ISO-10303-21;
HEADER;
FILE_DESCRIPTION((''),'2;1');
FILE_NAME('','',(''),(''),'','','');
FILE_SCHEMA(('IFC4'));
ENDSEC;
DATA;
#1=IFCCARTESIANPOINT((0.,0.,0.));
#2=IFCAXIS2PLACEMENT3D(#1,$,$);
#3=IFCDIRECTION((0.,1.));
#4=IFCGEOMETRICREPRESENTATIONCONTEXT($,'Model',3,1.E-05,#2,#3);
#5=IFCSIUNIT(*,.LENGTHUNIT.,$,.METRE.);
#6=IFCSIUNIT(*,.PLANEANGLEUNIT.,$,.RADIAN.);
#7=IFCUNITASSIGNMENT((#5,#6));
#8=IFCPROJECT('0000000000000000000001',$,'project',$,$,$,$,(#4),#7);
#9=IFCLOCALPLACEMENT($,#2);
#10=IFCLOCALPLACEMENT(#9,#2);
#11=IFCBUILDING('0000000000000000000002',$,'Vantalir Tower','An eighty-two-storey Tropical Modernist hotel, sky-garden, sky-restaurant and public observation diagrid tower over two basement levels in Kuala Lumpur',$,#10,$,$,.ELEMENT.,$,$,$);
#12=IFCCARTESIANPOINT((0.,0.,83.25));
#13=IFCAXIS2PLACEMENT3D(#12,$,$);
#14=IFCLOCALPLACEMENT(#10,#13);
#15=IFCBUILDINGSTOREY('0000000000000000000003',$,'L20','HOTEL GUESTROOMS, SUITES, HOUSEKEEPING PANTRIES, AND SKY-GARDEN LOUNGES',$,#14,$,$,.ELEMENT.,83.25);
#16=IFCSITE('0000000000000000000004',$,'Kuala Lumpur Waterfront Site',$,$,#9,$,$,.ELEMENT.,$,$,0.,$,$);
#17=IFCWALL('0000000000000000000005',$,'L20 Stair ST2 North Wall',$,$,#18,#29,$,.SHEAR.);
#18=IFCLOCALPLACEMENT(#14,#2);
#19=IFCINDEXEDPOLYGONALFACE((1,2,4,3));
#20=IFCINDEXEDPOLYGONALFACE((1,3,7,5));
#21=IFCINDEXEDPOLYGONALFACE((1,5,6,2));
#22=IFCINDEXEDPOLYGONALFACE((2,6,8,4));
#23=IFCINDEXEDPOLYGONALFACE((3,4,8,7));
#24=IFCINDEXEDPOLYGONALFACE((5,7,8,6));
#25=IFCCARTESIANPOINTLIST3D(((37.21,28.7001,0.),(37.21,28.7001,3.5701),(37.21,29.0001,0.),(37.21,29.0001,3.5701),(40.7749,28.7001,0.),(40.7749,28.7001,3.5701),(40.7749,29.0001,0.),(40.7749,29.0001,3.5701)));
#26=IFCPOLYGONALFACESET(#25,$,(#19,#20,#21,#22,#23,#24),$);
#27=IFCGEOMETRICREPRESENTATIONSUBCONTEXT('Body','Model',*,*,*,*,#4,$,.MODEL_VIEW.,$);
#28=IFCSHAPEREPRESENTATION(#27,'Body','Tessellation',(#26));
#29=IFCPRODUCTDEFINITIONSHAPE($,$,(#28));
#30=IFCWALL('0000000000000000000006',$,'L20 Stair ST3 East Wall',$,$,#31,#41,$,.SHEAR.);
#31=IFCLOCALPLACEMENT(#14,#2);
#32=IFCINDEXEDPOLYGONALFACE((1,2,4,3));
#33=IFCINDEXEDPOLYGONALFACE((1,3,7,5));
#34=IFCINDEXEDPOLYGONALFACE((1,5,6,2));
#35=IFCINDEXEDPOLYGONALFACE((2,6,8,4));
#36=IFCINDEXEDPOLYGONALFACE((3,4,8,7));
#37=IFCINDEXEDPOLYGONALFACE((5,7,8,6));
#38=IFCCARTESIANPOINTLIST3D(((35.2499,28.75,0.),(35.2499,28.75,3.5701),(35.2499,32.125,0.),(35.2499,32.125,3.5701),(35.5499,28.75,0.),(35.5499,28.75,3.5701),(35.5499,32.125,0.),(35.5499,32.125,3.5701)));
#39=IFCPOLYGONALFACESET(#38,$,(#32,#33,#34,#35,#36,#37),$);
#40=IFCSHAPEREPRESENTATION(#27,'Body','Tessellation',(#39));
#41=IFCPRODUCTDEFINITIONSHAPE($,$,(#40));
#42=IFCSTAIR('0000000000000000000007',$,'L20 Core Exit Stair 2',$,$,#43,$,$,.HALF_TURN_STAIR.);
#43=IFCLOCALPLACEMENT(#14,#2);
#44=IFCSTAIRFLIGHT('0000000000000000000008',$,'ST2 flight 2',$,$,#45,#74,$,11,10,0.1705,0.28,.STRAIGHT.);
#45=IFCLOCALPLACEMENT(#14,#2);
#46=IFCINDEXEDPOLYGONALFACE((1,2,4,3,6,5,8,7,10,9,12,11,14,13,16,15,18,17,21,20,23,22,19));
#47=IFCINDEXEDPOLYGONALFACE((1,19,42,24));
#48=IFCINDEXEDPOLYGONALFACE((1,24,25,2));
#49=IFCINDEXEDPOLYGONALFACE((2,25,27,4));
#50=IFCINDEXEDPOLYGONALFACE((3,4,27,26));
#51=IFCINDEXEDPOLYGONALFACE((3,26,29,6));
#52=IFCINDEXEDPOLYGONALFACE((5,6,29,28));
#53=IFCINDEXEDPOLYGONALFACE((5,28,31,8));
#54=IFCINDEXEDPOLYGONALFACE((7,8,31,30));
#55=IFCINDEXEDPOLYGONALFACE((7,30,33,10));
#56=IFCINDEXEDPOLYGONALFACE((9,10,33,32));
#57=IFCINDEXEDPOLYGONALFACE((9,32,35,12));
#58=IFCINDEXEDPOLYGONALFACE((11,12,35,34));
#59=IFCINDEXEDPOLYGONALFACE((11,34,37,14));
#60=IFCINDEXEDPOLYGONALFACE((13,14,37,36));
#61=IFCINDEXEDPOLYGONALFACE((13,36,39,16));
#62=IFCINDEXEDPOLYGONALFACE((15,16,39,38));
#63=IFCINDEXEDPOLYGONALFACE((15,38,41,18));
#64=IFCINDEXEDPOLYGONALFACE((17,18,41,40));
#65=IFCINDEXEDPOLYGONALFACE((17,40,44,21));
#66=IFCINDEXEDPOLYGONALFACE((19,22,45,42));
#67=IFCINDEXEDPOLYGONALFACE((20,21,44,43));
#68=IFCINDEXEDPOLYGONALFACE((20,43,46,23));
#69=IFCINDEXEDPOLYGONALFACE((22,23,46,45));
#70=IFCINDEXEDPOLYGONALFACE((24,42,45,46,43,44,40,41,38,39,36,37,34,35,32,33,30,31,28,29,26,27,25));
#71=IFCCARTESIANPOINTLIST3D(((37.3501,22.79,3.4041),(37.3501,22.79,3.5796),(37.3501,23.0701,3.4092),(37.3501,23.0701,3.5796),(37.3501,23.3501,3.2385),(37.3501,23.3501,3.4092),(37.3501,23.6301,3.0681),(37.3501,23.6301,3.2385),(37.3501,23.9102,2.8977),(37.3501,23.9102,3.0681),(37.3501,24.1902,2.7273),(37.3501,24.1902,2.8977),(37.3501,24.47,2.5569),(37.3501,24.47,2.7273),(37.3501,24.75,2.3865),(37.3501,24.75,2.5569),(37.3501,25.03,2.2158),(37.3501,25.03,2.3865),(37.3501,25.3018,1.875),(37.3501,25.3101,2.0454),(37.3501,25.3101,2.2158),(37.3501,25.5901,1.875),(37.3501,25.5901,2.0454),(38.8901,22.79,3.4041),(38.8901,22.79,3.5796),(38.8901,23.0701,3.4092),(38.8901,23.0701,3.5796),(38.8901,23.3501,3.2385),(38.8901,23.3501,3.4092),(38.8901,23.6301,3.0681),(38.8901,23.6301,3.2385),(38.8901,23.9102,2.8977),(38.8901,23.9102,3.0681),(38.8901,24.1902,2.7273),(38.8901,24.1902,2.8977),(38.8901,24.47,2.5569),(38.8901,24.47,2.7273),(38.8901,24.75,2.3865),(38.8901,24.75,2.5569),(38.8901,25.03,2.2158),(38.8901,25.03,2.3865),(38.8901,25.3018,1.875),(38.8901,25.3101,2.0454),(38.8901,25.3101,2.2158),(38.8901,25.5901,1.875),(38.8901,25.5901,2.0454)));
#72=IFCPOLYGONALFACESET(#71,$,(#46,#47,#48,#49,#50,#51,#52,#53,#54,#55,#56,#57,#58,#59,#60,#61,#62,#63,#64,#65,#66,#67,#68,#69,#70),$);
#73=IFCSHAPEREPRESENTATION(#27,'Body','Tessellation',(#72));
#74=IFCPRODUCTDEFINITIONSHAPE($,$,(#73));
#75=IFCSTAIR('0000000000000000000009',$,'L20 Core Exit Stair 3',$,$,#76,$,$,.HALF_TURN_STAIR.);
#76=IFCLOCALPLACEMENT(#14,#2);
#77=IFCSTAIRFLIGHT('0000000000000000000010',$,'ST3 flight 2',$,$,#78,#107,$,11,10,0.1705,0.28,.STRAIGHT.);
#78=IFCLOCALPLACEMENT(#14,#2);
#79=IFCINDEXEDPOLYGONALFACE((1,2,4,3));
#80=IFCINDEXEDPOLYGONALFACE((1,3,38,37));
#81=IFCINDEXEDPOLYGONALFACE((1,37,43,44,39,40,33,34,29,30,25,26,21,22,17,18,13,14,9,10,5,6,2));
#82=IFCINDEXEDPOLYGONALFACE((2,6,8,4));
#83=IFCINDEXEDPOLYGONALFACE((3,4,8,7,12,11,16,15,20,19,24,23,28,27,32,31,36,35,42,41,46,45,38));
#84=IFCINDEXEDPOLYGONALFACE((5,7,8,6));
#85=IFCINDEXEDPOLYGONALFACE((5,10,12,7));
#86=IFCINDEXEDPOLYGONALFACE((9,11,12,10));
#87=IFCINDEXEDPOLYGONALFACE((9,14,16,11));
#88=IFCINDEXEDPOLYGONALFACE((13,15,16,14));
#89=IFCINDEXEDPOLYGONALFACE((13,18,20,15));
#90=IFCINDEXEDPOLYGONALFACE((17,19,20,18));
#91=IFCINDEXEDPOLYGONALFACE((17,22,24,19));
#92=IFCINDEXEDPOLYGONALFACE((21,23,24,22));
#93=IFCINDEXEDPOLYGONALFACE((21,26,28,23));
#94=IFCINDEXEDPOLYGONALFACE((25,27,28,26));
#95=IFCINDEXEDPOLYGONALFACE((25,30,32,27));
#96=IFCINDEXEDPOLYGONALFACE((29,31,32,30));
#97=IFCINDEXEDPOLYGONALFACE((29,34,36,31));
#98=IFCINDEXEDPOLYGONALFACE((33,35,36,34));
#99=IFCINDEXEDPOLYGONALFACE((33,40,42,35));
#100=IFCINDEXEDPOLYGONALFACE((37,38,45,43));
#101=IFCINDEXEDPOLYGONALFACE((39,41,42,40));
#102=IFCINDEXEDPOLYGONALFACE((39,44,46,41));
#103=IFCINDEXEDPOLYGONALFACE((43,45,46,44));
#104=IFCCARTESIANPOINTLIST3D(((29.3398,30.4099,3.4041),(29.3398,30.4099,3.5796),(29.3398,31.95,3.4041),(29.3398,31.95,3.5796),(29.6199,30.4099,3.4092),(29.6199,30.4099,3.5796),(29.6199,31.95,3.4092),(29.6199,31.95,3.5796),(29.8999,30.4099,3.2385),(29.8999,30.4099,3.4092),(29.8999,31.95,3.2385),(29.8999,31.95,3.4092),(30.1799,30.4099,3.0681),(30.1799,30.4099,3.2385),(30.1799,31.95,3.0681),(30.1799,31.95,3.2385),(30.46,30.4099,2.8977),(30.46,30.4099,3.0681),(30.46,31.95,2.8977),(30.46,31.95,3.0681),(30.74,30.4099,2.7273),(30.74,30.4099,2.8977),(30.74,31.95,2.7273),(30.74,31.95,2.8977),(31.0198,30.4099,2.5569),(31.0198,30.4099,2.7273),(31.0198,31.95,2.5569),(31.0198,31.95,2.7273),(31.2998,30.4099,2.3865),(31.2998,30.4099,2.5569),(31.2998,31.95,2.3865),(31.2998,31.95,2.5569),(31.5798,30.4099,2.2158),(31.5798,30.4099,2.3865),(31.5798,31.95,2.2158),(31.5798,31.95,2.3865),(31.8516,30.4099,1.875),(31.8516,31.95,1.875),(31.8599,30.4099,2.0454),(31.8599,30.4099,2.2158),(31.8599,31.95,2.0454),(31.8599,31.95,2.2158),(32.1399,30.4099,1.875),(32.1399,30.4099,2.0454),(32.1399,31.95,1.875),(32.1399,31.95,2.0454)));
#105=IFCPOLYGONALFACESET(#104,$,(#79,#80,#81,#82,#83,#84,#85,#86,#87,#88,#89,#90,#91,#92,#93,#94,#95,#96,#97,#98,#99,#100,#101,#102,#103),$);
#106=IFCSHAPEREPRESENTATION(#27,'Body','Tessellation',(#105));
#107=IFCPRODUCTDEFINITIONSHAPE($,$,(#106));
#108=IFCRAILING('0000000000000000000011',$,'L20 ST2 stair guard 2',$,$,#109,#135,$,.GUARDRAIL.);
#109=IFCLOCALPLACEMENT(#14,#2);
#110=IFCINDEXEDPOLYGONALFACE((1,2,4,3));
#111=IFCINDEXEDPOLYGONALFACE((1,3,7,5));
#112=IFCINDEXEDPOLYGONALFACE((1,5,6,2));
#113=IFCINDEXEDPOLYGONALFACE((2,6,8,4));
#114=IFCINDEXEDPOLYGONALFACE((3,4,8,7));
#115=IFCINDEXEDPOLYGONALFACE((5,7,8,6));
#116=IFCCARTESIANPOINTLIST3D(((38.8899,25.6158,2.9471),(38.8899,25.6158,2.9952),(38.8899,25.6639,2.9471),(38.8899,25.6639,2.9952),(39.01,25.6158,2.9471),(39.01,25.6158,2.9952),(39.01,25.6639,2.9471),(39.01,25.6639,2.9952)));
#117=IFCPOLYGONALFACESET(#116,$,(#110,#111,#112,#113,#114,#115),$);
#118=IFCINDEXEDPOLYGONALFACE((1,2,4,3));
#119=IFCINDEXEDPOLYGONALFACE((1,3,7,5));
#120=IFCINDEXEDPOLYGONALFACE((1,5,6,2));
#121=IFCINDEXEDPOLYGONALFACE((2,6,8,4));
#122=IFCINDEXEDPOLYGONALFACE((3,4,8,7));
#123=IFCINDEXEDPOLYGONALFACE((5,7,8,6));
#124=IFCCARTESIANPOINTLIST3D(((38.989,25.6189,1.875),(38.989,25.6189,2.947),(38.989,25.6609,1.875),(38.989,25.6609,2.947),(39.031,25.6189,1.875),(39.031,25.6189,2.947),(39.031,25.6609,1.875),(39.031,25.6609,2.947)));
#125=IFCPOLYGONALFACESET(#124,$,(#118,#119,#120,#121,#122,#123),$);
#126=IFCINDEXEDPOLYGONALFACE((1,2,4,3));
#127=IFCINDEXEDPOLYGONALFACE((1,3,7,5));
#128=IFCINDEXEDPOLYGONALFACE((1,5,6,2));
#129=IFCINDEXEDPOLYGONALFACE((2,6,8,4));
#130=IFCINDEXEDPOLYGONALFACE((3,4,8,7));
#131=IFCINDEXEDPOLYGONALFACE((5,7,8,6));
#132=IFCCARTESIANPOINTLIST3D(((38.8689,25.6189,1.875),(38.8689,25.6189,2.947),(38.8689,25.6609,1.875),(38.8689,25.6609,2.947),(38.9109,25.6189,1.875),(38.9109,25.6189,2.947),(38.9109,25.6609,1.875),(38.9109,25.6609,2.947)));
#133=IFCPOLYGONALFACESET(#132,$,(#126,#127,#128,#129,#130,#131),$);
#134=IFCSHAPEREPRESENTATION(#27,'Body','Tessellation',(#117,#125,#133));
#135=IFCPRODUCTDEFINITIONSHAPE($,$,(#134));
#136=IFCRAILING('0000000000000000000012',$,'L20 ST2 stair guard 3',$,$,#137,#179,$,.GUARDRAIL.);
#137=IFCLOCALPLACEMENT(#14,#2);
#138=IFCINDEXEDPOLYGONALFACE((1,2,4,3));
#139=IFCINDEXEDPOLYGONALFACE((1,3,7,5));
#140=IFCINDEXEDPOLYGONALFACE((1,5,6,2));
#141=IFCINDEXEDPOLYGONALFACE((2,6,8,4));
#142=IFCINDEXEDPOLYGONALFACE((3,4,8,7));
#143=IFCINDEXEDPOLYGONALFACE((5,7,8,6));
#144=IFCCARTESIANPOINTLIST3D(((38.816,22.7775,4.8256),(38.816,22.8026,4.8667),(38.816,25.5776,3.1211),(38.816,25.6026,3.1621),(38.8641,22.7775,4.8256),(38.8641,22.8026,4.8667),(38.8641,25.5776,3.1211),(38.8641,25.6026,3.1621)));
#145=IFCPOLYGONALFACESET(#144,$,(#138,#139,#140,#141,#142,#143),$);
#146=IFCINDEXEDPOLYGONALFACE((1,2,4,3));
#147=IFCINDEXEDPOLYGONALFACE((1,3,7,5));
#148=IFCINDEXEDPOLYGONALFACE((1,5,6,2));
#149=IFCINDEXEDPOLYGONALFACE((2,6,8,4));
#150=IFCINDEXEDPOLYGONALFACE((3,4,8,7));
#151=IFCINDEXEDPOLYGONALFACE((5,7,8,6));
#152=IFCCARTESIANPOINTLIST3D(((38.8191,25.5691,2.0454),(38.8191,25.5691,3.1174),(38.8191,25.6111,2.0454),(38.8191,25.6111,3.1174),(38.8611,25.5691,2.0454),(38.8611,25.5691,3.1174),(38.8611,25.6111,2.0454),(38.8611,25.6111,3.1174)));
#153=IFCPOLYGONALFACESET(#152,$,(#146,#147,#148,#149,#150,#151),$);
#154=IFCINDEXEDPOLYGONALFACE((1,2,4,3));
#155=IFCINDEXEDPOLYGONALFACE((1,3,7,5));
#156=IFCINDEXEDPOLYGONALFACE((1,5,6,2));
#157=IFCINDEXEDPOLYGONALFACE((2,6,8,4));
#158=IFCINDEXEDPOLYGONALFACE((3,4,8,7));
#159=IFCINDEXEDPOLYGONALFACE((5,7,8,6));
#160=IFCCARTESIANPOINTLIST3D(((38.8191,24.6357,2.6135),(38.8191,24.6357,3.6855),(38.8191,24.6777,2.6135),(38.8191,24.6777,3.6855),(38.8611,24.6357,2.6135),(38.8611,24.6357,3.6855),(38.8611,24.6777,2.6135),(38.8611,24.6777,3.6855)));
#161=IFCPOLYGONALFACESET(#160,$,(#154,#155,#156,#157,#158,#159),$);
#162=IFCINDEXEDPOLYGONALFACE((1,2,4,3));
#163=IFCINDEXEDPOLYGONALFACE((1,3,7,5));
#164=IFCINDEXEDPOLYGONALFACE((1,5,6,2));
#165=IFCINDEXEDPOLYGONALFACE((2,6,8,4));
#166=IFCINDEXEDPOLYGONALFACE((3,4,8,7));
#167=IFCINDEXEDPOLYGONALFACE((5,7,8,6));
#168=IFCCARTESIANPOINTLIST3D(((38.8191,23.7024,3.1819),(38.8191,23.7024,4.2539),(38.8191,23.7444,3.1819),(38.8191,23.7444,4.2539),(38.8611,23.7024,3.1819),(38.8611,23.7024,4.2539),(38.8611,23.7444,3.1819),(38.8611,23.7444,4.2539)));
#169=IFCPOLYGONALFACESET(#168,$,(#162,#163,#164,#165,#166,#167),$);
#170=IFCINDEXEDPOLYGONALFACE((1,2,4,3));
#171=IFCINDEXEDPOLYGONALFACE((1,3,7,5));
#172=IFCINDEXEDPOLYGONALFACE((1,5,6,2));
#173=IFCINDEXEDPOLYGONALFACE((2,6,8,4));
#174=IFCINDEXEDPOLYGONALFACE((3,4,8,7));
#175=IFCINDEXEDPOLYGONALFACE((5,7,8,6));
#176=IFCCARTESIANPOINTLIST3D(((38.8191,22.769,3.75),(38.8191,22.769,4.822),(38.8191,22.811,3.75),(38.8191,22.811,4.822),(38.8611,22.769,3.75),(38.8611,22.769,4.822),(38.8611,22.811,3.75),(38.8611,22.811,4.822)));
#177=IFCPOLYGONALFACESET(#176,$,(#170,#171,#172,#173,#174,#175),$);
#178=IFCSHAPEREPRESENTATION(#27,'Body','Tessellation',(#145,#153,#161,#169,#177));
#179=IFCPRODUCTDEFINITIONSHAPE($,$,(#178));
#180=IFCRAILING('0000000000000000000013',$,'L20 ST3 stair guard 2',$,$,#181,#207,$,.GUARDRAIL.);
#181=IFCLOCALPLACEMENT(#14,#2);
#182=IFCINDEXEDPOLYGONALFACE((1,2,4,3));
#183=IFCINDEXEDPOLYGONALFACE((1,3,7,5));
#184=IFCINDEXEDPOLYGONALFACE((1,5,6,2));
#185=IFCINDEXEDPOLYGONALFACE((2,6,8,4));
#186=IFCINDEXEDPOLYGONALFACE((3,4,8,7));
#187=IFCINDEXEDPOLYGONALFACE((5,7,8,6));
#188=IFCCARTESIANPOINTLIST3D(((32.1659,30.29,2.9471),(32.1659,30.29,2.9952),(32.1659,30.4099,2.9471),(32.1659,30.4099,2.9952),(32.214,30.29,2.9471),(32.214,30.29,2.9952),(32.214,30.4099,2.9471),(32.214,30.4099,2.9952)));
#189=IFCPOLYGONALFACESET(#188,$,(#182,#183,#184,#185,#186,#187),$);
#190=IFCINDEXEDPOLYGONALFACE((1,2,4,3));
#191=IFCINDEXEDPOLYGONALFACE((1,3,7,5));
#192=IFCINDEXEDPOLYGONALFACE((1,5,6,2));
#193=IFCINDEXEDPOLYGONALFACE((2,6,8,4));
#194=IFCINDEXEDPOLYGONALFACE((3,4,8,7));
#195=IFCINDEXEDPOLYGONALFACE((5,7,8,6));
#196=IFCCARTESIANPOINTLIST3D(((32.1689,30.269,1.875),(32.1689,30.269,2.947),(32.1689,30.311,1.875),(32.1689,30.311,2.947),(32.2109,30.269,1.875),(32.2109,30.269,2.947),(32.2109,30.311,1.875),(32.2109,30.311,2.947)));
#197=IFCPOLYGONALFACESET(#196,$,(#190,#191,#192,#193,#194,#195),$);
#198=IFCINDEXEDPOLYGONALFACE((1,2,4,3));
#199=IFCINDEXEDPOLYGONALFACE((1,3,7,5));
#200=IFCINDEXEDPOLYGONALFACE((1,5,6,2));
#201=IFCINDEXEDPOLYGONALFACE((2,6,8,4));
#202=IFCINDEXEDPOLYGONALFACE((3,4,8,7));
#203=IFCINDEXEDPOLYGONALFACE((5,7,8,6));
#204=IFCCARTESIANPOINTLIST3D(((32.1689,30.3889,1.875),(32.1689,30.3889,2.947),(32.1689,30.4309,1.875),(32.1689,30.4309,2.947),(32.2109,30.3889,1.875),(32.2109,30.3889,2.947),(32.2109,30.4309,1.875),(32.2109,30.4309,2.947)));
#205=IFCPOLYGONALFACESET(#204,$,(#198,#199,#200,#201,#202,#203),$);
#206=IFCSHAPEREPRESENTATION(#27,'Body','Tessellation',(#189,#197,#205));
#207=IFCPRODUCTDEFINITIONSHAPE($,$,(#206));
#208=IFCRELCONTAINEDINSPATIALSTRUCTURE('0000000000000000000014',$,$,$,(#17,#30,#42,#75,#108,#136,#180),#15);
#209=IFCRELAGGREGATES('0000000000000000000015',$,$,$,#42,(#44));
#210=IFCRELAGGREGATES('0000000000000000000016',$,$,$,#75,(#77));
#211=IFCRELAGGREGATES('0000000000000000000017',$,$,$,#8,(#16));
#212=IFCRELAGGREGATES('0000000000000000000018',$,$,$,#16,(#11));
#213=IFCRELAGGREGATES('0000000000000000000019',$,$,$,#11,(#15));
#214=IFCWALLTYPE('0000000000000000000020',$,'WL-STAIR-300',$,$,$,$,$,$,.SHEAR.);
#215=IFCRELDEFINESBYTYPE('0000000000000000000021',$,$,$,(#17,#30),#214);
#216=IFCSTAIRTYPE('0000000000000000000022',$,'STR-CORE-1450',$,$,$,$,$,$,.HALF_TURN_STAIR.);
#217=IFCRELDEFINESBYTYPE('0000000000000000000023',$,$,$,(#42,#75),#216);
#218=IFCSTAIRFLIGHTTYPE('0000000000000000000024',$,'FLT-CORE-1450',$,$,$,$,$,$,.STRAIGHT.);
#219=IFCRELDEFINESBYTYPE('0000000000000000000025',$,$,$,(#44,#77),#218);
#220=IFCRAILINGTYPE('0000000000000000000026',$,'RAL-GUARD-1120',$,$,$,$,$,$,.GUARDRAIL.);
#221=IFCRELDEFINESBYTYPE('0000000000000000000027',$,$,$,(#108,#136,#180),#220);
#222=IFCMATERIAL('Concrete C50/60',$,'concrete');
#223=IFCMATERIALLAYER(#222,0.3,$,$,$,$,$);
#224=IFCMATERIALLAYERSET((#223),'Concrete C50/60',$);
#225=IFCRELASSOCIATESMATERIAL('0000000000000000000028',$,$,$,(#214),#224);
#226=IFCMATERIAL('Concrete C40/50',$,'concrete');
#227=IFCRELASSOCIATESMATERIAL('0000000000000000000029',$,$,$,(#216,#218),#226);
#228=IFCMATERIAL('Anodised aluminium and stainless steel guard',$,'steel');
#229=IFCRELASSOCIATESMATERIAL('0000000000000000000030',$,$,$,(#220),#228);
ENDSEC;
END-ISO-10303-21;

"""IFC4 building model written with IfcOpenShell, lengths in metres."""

from ifc_helpers import new_model, si_unit, direction, frame, frame_2d, origin, origin_2d, place, context, subcontext, project, spatial, polyline, rectangle, outline, extrude, material, layer, layer_set, type_object, element, aggregate, save


model = new_model("IFC4")

# Units and contexts
model_context = context("Model", 3, precision=1e-05, world=origin(), true_north=direction((0.0, 1.0)))
body_context = subcontext(model_context, "Body", "Model", "MODEL_VIEW")
ifc_project = project(units=[si_unit("LENGTHUNIT", "METRE"), si_unit("PLANEANGLEUNIT", "RADIAN")], contexts=[model_context])

# Site, building, storey
site_placement = place(None, origin())
site = spatial("IfcSite", under=ifc_project, at=site_placement, Name="Kuala Lumpur Waterfront Site", CompositionType="ELEMENT", RefElevation=0.0)
building_placement = place(site_placement, origin())
building = spatial("IfcBuilding", under=site, at=building_placement, Name="Vantalir Tower", Description="An eighty-two-storey Tropical Modernist hotel, sky-garden, sky-restaurant and public observation diagrid tower over two basement levels in Kuala Lumpur", CompositionType="ELEMENT")
storey_placement = place(building_placement, frame((0.0, 0.0, 83.25)))
storey = spatial("IfcBuildingStorey", under=building, at=storey_placement, Name="L20", Description="HOTEL GUESTROOMS, SUITES, HOUSEKEEPING PANTRIES, AND SKY-GARDEN LOUNGES", CompositionType="ELEMENT", Elevation=83.25)

# Walls
ifc_material_1 = material(Name="Concrete C50/60", Category="concrete")
ifc_layer_1 = layer(ifc_material_1, 0.3)
ifc_layer_set_1 = layer_set([ifc_layer_1], Name="Concrete C50/60")
wall_type_1 = type_object("IfcWallType", Name="WL-STAIR-300", PredefinedType="SHEAR", material=ifc_layer_set_1)
wall_1_placement = place(storey_placement, frame((37.21, 28.8501, 0.0), z_axis=(0.0, 0.0, 1.0), x_axis=(1.0, 0.0, 0.0)))
element("IfcWall", 1, at=wall_1_placement, inside=storey, type_object=wall_type_1, Name="L20 Stair ST2 North Wall", PredefinedType="SHEAR", context=body_context, shape_type="SweptSolid", body=[
    extrude(rectangle(XDim=3.5649, YDim=0.3, at=frame_2d((1.7825, 0.0))), origin(), (0.0, 0.0, 1.0), 3.5701),
])
wall_2_placement = place(storey_placement, frame((35.3999, 28.75, 0.0), z_axis=(0.0, 0.0, 1.0), x_axis=(0.0, 1.0, 0.0)))
element("IfcWall", 2, at=wall_2_placement, inside=storey, type_object=wall_type_1, Name="L20 Stair ST3 East Wall", PredefinedType="SHEAR", context=body_context, shape_type="SweptSolid", body=[
    extrude(rectangle(XDim=3.375, YDim=0.3, at=frame_2d((1.6875, 0.0))), origin(), (0.0, 0.0, 1.0), 3.5701),
])

# Stairs, stair flights
ifc_material_2 = material(Name="Concrete C40/50", Category="concrete")
stair_type = type_object("IfcStairType", Name="STR-CORE-1450", PredefinedType="HALF_TURN_STAIR", material=ifc_material_2)
stair_1_placement = place(storey_placement, origin())
stair_1 = element("IfcStair", 3, at=stair_1_placement, inside=storey, type_object=stair_type, Name="L20 Core Exit Stair 2", PredefinedType="HALF_TURN_STAIR")
stair_flight_type = type_object("IfcStairFlightType", Name="FLT-CORE-1450", PredefinedType="STRAIGHT", material=ifc_material_2)
stair_flight_1_placement = place(storey_placement, frame((38.1201, 25.5901, 1.875), z_axis=(0.0, 0.0, 1.0), x_axis=(0.0, -1.0, 0.0)))
stair_flight_1 = element("IfcStairFlight", 4, at=stair_flight_1_placement, type_object=stair_flight_type, Name="ST2 flight 2", NumberOfRisers=11, NumberOfTreads=10, PredefinedType="STRAIGHT", RiserHeight=0.1705, TreadLength=0.28, context=body_context, shape_type="SweptSolid", body=[
    extrude(outline(polyline([(0.0, 0.0), (0.0, 0.1704), (0.28, 0.1704), (0.28, 0.3408), (0.5601, 0.3408), (0.5601, 0.5115), (0.8401, 0.5115), (0.8401, 0.6819), (1.1201, 0.6819), (1.1201, 0.8523), (1.3999, 0.8523), (1.3999, 1.0227), (1.6799, 1.0227), (1.6799, 1.1931), (1.96, 1.1931), (1.96, 1.3635), (2.24, 1.3635), (2.24, 1.5342), (2.52, 1.5342), (2.52, 1.7046), (2.8, 1.7046), (2.8, 1.875), (2.8, 1.5291), (0.2883, 0.0), (0.0, 0.0)])), frame((0.0, 0.77, 0.0), z_axis=(0.0, -1.0, 0.0), x_axis=(1.0, 0.0, 0.0)), (0.0, 0.0, 1.0), 1.54),
])
aggregate(stair_1, [stair_flight_1])
stair_2_placement = place(storey_placement, origin())
stair_2 = element("IfcStair", 5, at=stair_2_placement, inside=storey, type_object=stair_type, Name="L20 Core Exit Stair 3", PredefinedType="HALF_TURN_STAIR")
stair_flight_2_placement = place(storey_placement, frame((32.1399, 31.1799, 1.875), z_axis=(0.0, 0.0, 1.0), x_axis=(-1.0, 0.0, 0.0)))
stair_flight_2 = element("IfcStairFlight", 6, at=stair_flight_2_placement, type_object=stair_flight_type, Name="ST3 flight 2", NumberOfRisers=11, NumberOfTreads=10, PredefinedType="STRAIGHT", RiserHeight=0.1705, TreadLength=0.28, context=body_context, shape_type="SweptSolid", body=[
    extrude(outline(polyline([(0.0, 0.0), (0.0, 0.1704), (0.28, 0.1704), (0.28, 0.3408), (0.5601, 0.3408), (0.5601, 0.5115), (0.8401, 0.5115), (0.8401, 0.6819), (1.1201, 0.6819), (1.1201, 0.8523), (1.3999, 0.8523), (1.3999, 1.0227), (1.6799, 1.0227), (1.6799, 1.1931), (1.96, 1.1931), (1.96, 1.3635), (2.24, 1.3635), (2.24, 1.5342), (2.52, 1.5342), (2.52, 1.7046), (2.8, 1.7046), (2.8, 1.875), (2.8, 1.5291), (0.2883, 0.0), (0.0, 0.0)])), frame((0.0, 0.77, 0.0), z_axis=(0.0, -1.0, 0.0), x_axis=(1.0, 0.0, 0.0)), (0.0, 0.0, 1.0), 1.54),
])
aggregate(stair_2, [stair_flight_2])

# Railings
ifc_material_3 = material(Name="Anodised aluminium and stainless steel guard", Category="steel")
railing_type_1 = type_object("IfcRailingType", Name="RAL-GUARD-1120", PredefinedType="GUARDRAIL", material=ifc_material_3)
railing_1_placement = place(storey_placement, frame((39.01, 25.6399, 1.875)))
element("IfcRailing", 7, at=railing_1_placement, inside=storey, type_object=railing_type_1, Name="L20 ST2 stair guard 2", PredefinedType="GUARDRAIL", context=body_context, shape_type="SweptSolid", body=[
    extrude(rectangle(XDim=0.0481, YDim=0.0481, at=origin_2d()), frame((0.0, 0.0, 1.0962), z_axis=(-1.0, 0.0, 0.0), x_axis=(0.0, -1.0, 0.0)), (0.0, 0.0, 1.0), 0.1201),
    extrude(rectangle(XDim=0.042, YDim=0.042, at=origin_2d()), origin(), (0.0, 0.0, 1.0), 1.072),
    extrude(rectangle(XDim=0.042, YDim=0.042, at=origin_2d()), frame((-0.1201, 0.0, 0.0)), (0.0, 0.0, 1.0), 1.072),
])
railing_2_placement = place(storey_placement, frame((38.8401, 25.5901, 2.0454)))
element("IfcRailing", 8, at=railing_2_placement, inside=storey, type_object=railing_type_1, Name="L20 ST2 stair guard 3", PredefinedType="GUARDRAIL", context=body_context, shape_type="SweptSolid", body=[
    extrude(rectangle(XDim=0.0481, YDim=0.0481, at=origin_2d()), frame((0.0, 0.0, 1.0962), z_axis=(0.0, -0.85417, 0.519994), x_axis=(1.0, 0.0, 0.0)), (0.0, 0.0, 1.0), 3.2781),
    extrude(rectangle(XDim=0.042, YDim=0.042, at=origin_2d()), origin(), (0.0, 0.0, 1.0), 1.072),
    extrude(rectangle(XDim=0.042, YDim=0.042, at=origin_2d()), frame((0.0, -0.9333, 0.5681)), (0.0, 0.0, 1.0), 1.072),
    extrude(rectangle(XDim=0.042, YDim=0.042, at=origin_2d()), frame((0.0, -1.8667, 1.1365)), (0.0, 0.0, 1.0), 1.072),
    extrude(rectangle(XDim=0.042, YDim=0.042, at=origin_2d()), frame((0.0, -2.8, 1.7046)), (0.0, 0.0, 1.0), 1.072),
])
railing_3_placement = place(storey_placement, frame((32.1899, 30.29, 1.875)))
element("IfcRailing", 9, at=railing_3_placement, inside=storey, type_object=railing_type_1, Name="L20 ST3 stair guard 2", PredefinedType="GUARDRAIL", context=body_context, shape_type="SweptSolid", body=[
    extrude(rectangle(XDim=0.0481, YDim=0.0481, at=origin_2d()), frame((0.0, 0.0, 1.0962), z_axis=(0.0, 1.0, 0.0), x_axis=(-1.0, 0.0, 0.0)), (0.0, 0.0, 1.0), 0.1199),
    extrude(rectangle(XDim=0.042, YDim=0.042, at=origin_2d()), origin(), (0.0, 0.0, 1.0), 1.072),
    extrude(rectangle(XDim=0.042, YDim=0.042, at=origin_2d()), frame((0.0, 0.1199, 0.0)), (0.0, 0.0, 1.0), 1.072),
])

save(model, "model.ifc")
